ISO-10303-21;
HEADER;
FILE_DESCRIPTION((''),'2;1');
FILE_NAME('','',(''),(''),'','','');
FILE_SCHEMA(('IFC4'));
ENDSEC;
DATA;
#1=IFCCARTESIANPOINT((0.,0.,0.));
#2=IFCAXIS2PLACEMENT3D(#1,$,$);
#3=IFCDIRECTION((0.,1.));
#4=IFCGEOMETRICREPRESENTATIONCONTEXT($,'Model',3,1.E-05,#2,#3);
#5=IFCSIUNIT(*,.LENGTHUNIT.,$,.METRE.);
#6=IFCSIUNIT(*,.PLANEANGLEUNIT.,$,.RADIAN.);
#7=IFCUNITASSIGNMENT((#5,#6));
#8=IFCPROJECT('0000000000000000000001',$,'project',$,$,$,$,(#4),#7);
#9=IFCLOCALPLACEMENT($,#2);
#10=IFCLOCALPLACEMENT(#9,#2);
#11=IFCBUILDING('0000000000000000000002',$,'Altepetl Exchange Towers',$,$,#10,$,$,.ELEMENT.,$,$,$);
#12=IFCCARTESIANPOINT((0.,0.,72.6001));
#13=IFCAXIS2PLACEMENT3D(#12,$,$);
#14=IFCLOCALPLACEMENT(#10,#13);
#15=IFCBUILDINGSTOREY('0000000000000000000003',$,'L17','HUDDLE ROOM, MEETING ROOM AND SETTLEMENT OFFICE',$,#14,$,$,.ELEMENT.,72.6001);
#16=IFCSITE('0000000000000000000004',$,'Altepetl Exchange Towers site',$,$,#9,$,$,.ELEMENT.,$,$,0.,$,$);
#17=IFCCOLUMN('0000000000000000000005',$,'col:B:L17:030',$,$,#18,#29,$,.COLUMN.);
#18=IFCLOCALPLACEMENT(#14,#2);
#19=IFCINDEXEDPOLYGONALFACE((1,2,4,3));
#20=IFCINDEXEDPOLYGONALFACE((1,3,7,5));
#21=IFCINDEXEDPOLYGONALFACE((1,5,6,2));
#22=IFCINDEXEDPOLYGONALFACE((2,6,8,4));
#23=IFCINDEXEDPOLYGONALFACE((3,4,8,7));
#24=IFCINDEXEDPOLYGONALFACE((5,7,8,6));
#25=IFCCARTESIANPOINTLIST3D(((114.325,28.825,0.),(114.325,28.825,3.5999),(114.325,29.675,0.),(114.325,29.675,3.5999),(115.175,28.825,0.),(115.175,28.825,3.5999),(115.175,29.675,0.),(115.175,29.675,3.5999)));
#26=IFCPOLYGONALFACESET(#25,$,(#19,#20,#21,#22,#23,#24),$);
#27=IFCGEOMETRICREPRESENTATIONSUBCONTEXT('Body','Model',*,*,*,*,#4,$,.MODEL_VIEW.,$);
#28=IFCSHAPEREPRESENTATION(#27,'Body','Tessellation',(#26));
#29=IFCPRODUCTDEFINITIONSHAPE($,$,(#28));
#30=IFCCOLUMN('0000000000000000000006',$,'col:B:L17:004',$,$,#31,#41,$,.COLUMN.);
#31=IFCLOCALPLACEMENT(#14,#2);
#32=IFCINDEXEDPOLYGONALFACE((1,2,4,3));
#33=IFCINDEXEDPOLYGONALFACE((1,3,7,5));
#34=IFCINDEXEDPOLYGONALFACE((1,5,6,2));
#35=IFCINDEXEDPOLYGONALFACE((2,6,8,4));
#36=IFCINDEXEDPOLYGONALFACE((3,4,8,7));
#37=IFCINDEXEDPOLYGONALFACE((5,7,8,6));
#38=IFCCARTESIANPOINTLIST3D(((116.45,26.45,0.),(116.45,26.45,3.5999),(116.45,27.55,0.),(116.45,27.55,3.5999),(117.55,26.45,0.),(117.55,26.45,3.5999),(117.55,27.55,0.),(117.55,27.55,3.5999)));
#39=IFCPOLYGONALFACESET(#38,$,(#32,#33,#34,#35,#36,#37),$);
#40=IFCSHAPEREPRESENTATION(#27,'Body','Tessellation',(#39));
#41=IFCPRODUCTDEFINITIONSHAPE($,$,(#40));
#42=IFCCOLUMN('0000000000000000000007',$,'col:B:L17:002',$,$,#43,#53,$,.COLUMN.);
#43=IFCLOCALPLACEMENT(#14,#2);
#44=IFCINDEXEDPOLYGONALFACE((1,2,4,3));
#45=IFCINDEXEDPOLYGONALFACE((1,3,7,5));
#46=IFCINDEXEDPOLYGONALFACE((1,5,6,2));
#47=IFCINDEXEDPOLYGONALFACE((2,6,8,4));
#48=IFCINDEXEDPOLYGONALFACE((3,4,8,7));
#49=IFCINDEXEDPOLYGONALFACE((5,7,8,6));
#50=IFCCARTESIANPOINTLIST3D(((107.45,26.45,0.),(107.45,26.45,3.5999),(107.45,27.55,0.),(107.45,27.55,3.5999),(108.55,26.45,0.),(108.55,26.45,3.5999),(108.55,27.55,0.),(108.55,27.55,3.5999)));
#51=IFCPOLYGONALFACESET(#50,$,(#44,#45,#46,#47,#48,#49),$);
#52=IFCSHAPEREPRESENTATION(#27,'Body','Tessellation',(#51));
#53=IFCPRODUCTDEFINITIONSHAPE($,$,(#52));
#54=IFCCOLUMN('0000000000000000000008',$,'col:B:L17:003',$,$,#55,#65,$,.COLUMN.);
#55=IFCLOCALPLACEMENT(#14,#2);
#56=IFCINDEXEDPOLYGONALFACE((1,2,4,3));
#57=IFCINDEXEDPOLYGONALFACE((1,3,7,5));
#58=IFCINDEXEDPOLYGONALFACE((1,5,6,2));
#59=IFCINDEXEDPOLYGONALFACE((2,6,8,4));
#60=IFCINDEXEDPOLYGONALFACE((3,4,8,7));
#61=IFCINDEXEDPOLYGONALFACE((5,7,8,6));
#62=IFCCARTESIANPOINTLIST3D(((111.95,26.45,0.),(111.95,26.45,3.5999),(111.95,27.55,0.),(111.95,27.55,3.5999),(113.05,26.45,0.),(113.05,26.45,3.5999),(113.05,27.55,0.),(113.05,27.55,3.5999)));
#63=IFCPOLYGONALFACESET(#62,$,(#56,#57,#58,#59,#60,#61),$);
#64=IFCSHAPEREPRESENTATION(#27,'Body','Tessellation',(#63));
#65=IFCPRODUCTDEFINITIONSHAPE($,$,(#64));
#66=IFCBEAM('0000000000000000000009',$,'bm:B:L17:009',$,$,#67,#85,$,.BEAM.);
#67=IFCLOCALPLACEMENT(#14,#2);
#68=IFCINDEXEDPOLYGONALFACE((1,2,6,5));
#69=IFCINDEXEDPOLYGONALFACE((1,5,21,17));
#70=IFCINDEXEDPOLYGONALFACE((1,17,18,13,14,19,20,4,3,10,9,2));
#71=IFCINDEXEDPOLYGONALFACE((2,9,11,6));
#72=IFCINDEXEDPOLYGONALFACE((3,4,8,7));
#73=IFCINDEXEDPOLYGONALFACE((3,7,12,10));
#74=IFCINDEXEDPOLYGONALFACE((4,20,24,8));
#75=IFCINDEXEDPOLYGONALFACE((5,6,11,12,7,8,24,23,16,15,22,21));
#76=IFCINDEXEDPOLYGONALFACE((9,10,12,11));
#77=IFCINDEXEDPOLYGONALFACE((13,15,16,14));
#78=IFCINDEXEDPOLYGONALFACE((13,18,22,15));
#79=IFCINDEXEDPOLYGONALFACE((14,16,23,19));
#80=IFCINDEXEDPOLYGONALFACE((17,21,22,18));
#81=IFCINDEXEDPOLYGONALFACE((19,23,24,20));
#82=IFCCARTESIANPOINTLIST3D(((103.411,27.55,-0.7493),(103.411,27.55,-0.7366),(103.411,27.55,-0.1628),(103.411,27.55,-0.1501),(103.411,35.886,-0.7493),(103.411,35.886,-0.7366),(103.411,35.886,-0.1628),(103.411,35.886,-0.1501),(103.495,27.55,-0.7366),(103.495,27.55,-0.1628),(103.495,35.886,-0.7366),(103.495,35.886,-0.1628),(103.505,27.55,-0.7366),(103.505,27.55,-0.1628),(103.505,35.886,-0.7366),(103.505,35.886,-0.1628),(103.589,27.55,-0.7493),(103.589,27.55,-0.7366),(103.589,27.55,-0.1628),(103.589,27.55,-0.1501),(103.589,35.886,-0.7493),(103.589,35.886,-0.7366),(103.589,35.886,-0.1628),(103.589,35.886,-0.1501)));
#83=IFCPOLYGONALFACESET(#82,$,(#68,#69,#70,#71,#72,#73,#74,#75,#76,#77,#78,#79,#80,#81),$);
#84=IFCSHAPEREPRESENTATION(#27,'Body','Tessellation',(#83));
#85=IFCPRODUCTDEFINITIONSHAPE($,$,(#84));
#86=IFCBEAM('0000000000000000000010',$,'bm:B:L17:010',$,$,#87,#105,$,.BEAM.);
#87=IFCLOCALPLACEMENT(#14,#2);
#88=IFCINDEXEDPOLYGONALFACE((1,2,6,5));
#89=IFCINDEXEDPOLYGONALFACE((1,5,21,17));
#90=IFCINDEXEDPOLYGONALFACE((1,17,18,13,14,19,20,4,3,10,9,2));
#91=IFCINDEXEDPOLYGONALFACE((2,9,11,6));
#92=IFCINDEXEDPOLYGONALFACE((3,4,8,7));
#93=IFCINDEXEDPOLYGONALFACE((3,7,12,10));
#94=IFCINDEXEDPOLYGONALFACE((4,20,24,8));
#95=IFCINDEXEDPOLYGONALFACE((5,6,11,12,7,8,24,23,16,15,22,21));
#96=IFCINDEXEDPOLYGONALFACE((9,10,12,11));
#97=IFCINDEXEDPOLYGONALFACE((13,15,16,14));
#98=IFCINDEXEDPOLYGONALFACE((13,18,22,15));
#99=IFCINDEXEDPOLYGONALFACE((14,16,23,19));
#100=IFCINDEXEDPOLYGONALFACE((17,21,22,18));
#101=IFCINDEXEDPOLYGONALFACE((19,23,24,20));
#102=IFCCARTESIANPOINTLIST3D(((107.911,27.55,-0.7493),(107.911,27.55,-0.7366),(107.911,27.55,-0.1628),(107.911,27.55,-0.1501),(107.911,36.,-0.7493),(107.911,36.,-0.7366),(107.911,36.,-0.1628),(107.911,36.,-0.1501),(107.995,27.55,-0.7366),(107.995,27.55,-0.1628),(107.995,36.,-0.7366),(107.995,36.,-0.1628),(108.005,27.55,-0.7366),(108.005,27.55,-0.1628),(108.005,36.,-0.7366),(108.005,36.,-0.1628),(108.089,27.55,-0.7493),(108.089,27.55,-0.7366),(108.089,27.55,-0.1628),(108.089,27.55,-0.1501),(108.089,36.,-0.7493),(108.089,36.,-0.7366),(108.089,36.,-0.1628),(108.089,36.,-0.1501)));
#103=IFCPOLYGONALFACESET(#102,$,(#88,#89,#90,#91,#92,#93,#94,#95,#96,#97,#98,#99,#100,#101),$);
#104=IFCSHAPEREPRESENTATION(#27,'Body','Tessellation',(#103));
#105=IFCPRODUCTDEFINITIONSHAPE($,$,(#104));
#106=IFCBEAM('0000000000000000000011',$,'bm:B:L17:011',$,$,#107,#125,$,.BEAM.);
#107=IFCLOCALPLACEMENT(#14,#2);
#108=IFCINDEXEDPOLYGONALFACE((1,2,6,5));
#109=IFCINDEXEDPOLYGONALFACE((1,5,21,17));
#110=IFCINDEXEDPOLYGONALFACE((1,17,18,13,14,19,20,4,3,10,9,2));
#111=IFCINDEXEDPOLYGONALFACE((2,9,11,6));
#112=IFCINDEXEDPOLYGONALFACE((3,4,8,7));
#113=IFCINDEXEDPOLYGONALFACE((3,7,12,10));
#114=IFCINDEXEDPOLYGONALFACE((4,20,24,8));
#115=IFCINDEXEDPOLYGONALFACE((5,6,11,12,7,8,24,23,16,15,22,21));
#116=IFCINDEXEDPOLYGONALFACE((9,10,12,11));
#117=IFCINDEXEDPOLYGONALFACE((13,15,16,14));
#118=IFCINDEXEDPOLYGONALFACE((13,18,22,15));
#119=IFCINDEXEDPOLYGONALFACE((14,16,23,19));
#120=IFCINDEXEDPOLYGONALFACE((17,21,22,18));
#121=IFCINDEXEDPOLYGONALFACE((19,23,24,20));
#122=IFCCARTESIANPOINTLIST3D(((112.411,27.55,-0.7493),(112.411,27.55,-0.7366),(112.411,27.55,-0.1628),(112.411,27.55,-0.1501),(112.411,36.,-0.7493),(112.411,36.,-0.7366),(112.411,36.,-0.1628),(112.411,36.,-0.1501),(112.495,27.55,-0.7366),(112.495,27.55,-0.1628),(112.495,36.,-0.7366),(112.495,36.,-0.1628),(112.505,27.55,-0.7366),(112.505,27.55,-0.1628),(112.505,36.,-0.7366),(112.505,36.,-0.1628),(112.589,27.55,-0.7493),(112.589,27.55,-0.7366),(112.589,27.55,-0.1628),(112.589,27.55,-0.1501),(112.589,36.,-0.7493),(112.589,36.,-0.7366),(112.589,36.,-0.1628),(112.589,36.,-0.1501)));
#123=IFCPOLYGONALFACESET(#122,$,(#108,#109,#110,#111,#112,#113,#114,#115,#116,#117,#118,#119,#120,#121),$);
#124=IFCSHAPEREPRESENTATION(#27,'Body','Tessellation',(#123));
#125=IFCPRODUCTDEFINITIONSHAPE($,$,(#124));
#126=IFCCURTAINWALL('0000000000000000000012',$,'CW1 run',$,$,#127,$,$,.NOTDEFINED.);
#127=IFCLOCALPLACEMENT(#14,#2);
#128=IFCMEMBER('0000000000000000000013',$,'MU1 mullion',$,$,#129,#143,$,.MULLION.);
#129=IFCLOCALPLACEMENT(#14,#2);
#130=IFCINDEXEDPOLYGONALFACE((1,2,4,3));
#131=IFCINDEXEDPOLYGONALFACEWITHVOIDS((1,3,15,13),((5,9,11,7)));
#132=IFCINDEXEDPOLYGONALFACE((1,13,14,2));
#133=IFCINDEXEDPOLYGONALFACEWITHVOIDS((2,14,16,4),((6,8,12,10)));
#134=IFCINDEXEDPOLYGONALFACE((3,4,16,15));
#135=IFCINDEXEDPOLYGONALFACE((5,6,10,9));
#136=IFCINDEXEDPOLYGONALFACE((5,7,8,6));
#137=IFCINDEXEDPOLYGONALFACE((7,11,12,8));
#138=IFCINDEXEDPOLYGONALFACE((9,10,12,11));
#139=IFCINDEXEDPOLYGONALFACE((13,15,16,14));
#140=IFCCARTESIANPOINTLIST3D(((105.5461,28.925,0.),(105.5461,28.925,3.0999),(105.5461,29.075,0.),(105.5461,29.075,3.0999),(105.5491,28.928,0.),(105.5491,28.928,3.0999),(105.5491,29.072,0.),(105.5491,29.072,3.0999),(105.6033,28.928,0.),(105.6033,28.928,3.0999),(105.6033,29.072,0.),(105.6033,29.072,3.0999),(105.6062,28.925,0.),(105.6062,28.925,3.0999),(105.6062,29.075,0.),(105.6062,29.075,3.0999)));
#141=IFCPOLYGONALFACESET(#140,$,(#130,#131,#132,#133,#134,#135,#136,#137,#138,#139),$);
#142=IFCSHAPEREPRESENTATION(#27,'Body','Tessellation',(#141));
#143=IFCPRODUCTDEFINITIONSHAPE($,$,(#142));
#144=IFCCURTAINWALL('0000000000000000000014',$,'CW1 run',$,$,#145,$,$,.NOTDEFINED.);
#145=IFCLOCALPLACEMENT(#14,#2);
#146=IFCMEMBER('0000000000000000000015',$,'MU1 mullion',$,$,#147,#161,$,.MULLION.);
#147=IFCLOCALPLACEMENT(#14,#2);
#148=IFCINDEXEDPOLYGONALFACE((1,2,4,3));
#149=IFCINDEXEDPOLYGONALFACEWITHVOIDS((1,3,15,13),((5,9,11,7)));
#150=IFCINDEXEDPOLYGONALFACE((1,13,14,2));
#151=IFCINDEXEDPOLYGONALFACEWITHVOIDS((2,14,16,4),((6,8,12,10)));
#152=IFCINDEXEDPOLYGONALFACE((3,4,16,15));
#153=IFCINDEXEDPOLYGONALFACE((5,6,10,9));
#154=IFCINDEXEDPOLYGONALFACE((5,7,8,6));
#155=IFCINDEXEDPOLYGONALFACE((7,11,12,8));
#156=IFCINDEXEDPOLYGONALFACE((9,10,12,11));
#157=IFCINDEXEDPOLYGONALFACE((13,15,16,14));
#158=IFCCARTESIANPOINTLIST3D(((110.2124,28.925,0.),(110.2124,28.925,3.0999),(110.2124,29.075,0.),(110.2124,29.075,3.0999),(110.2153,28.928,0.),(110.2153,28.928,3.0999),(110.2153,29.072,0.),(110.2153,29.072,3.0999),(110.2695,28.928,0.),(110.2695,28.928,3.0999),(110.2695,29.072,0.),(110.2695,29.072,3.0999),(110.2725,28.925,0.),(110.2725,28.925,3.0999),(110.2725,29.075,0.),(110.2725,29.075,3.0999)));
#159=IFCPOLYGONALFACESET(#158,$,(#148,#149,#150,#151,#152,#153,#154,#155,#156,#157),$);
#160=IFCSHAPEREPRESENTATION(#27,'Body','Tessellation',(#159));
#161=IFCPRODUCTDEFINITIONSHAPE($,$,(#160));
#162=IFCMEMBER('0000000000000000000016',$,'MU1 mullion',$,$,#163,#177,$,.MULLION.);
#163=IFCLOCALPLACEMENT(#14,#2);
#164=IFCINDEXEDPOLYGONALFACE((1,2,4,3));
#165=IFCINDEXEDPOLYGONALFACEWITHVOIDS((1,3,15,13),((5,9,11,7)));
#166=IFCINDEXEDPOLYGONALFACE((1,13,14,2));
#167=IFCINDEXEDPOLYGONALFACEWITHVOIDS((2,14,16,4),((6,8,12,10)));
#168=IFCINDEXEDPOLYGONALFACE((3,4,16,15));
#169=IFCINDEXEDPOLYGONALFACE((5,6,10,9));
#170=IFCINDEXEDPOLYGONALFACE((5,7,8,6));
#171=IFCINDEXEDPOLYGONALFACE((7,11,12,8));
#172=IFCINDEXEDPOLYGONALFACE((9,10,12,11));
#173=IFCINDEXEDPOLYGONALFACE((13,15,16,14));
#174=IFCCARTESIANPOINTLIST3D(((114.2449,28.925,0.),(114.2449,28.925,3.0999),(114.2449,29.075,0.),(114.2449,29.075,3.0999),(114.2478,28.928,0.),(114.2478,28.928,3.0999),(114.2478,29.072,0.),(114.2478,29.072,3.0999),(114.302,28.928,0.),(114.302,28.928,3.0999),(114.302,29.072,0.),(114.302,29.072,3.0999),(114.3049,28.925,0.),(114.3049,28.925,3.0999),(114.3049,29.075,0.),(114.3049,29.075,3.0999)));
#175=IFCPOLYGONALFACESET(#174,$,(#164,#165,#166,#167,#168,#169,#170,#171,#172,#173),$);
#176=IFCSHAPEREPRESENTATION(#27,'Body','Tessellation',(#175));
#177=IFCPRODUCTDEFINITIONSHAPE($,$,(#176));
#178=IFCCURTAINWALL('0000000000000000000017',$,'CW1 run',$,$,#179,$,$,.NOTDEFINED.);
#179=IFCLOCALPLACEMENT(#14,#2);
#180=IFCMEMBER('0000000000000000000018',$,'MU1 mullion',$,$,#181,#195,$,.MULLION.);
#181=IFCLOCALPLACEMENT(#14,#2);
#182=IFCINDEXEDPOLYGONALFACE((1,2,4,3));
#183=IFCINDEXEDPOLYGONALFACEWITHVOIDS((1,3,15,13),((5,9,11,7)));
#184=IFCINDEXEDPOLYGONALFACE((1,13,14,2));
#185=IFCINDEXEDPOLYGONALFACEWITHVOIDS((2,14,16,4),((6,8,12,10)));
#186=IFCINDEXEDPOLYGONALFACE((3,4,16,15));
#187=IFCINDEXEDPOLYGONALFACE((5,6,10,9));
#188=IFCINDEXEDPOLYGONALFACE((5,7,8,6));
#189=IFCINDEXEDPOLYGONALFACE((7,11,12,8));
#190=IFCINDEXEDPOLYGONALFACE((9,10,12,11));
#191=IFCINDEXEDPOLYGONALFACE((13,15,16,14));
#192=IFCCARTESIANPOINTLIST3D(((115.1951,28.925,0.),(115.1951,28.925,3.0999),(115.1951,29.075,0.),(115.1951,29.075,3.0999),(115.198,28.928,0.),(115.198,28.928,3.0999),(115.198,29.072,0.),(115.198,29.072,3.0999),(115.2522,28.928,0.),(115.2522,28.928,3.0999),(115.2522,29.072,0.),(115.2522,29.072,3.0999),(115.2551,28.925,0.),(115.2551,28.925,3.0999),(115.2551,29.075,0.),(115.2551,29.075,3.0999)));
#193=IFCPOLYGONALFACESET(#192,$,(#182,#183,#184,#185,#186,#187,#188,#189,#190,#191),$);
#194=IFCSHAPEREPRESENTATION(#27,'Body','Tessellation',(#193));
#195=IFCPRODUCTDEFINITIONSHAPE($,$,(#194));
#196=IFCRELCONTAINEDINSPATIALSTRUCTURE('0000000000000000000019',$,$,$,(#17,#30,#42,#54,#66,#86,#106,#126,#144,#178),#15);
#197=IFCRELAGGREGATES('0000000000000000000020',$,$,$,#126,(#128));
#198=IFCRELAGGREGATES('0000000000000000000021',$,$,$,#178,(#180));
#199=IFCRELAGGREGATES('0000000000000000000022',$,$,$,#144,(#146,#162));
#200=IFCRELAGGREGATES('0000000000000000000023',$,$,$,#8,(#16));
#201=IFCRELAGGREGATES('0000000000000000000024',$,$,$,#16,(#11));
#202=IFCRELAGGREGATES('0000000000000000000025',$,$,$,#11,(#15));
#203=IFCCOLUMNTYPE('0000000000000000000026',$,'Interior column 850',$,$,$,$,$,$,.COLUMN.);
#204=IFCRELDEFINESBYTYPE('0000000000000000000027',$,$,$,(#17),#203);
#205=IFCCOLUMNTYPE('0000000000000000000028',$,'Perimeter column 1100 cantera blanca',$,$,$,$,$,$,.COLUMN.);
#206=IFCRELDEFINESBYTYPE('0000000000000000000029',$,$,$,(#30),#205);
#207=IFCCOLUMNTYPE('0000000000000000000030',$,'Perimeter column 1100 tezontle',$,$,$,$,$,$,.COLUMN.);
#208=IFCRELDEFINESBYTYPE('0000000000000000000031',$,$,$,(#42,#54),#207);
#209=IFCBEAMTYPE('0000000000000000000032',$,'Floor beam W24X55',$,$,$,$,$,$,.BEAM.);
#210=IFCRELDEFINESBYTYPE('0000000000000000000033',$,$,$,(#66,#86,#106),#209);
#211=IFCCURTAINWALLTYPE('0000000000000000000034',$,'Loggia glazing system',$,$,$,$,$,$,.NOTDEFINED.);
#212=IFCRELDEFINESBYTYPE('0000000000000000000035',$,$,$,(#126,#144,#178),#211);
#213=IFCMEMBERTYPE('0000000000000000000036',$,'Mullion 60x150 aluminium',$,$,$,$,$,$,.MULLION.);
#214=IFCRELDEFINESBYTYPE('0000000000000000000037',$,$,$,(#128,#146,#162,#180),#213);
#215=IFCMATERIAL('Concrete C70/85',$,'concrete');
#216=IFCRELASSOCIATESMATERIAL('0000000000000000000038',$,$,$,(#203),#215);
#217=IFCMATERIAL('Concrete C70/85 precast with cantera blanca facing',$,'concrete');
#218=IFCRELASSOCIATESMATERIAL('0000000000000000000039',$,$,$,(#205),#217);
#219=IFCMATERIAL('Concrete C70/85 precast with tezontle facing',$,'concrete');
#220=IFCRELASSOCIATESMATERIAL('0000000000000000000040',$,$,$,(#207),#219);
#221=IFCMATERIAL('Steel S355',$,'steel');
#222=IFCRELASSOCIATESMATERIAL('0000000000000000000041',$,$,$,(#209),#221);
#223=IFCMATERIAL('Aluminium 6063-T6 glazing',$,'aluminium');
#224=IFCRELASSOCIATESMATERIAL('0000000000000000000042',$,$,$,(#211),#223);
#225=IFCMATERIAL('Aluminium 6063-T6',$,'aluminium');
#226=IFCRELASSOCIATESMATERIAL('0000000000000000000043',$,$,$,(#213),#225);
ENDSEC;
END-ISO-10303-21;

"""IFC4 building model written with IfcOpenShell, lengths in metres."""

from ifc_helpers import new_model, si_unit, direction, frame, origin, origin_2d, place, context, subcontext, project, spatial, rectangle, hollow_rectangle, i_section, extrude, material, material_profile, profile_set, type_object, element, aggregate, save


model = new_model("IFC4")

# Units and contexts
model_context = context("Model", 3, precision=1e-05, world=origin(), true_north=direction((0.0, 1.0)))
body_context = subcontext(model_context, "Body", "Model", "MODEL_VIEW")
ifc_project = project(units=[si_unit("LENGTHUNIT", "METRE"), si_unit("PLANEANGLEUNIT", "RADIAN")], contexts=[model_context])

# Site, building, storey
site_placement = place(None, origin())
site = spatial("IfcSite", under=ifc_project, at=site_placement, Name="Altepetl Exchange Towers site", CompositionType="ELEMENT", RefElevation=0.0)
building_placement = place(site_placement, origin())
building = spatial("IfcBuilding", under=site, at=building_placement, Name="Altepetl Exchange Towers", CompositionType="ELEMENT")
storey_placement = place(building_placement, frame((0.0, 0.0, 72.6001)))
storey = spatial("IfcBuildingStorey", under=building, at=storey_placement, Name="L17", Description="HUDDLE ROOM, MEETING ROOM AND SETTLEMENT OFFICE", CompositionType="ELEMENT", Elevation=72.6001)

# Columns
ifc_material_1 = material(Name="Concrete C70/85", Category="concrete")
ifc_material_profile_1 = material_profile(ifc_material_1, rectangle(XDim=0.8501, YDim=0.8501, at=origin_2d()), Name="850 x 850")
ifc_profile_set_1 = profile_set([ifc_material_profile_1], Name="Concrete C70/85")
column_type_1 = type_object("IfcColumnType", Name="Interior column 850", PredefinedType="COLUMN", material=ifc_profile_set_1)
column_1_placement = place(storey_placement, frame((114.75, 29.25, 0.0)))
element("IfcColumn", 1, at=column_1_placement, inside=storey, type_object=column_type_1, Name="col:B:L17:030", PredefinedType="COLUMN", context=body_context, shape_type="SweptSolid", body=[
    extrude(rectangle(XDim=0.8501, YDim=0.8501, at=origin_2d()), origin(), (0.0, 0.0, 1.0), 3.5999),
])
ifc_material_2 = material(Name="Concrete C70/85 precast with cantera blanca facing", Category="concrete")
ifc_material_profile_2 = material_profile(ifc_material_2, rectangle(XDim=1.1001, YDim=1.1001, at=origin_2d()), Name="1100 x 1100")
ifc_profile_set_2 = profile_set([ifc_material_profile_2], Name="Concrete C70/85 precast with cantera blanca facing")
column_type_2 = type_object("IfcColumnType", Name="Perimeter column 1100 cantera blanca", PredefinedType="COLUMN", material=ifc_profile_set_2)
column_2_placement = place(storey_placement, frame((117.0, 27.0, 0.0)))
element("IfcColumn", 2, at=column_2_placement, inside=storey, type_object=column_type_2, Name="col:B:L17:004", PredefinedType="COLUMN", context=body_context, shape_type="SweptSolid", body=[
    extrude(rectangle(XDim=1.1001, YDim=1.1001, at=origin_2d()), origin(), (0.0, 0.0, 1.0), 3.5999),
])
ifc_material_3 = material(Name="Concrete C70/85 precast with tezontle facing", Category="concrete")
ifc_material_profile_3 = material_profile(ifc_material_3, rectangle(XDim=1.1001, YDim=1.1001, at=origin_2d()), Name="1100 x 1100")
ifc_profile_set_3 = profile_set([ifc_material_profile_3], Name="Concrete C70/85 precast with tezontle facing")
column_type_3 = type_object("IfcColumnType", Name="Perimeter column 1100 tezontle", PredefinedType="COLUMN", material=ifc_profile_set_3)
for number, where, name in (
    (3, (108.0, 27.0, 0.0), "col:B:L17:002"),
    (4, (112.5, 27.0, 0.0), "col:B:L17:003"),
):
    element("IfcColumn", number, at=place(storey_placement, frame(where)), inside=storey, type_object=column_type_3, Name=name, PredefinedType="COLUMN", context=body_context, shape_type="SweptSolid", body=[
        extrude(rectangle(XDim=1.1001, YDim=1.1001, at=origin_2d()), origin(), (0.0, 0.0, 1.0), 3.5999),
    ])

# Beams
ifc_material_4 = material(Name="Steel S355", Category="steel")
ifc_material_profile_4 = material_profile(ifc_material_4, i_section(OverallWidth=0.178, OverallDepth=0.5991, WebThickness=0.01, FlangeThickness=0.0127, at=origin_2d()), Name="W24X55")
ifc_profile_set_4 = profile_set([ifc_material_profile_4], Name="Steel S355")
beam_type_1 = type_object("IfcBeamType", Name="Floor beam W24X55", PredefinedType="BEAM", material=ifc_profile_set_4)
beam_placement = place(storey_placement, frame((103.5, 27.55, -0.4497), z_axis=(0.0, 1.0, 0.0), x_axis=(-1.0, 0.0, 0.0)))
element("IfcBeam", 5, at=beam_placement, inside=storey, type_object=beam_type_1, Name="bm:B:L17:009", PredefinedType="BEAM", context=body_context, shape_type="SweptSolid", body=[
    extrude(i_section(OverallWidth=0.178, OverallDepth=0.5991, WebThickness=0.01, FlangeThickness=0.0127, at=origin_2d()), origin(), (0.0, 0.0, 1.0), 8.3359),
])
for number, where, z_axis, x_axis, name in (
    (6, (108.0, 27.55, -0.4497), (0.0, 1.0, 0.0), (-1.0, 0.0, 0.0), "bm:B:L17:010"),
    (7, (112.5, 27.55, -0.4497), (0.0, 1.0, 0.0), (-1.0, 0.0, 0.0), "bm:B:L17:011"),
):
    element("IfcBeam", number, at=place(storey_placement, frame(where, z_axis=z_axis, x_axis=x_axis)), inside=storey, type_object=beam_type_1, Name=name, PredefinedType="BEAM", context=body_context, shape_type="SweptSolid", body=[
        extrude(i_section(OverallWidth=0.178, OverallDepth=0.5991, WebThickness=0.01, FlangeThickness=0.0127, at=origin_2d()), origin(), (0.0, 0.0, 1.0), 8.45),
    ])

# Curtain wall, member
ifc_material_5 = material(Name="Aluminium 6063-T6 glazing", Category="aluminium")
curtain_wall_type = type_object("IfcCurtainWallType", Name="Loggia glazing system", PredefinedType="NOTDEFINED", material=ifc_material_5)
curtain_wall_1_placement = place(storey_placement, origin())
curtain_wall_1 = element("IfcCurtainWall", 8, at=curtain_wall_1_placement, inside=storey, type_object=curtain_wall_type, Name="CW1 run", PredefinedType="NOTDEFINED")
ifc_material_6 = material(Name="Aluminium 6063-T6", Category="aluminium")
ifc_material_profile_5 = material_profile(ifc_material_6, hollow_rectangle(XDim=0.0601, YDim=0.1499, WallThickness=0.0029, at=origin_2d()), Name="Mullion 60x150 aluminium")
ifc_profile_set_5 = profile_set([ifc_material_profile_5], Name="Aluminium 6063-T6")
member_type = type_object("IfcMemberType", Name="Mullion 60x150 aluminium", PredefinedType="MULLION", material=ifc_profile_set_5)
member_1_placement = place(storey_placement, frame((105.5762, 29.0, 0.0)))
member_1 = element("IfcMember", 9, at=member_1_placement, type_object=member_type, Name="MU1 mullion", PredefinedType="MULLION", context=body_context, shape_type="SweptSolid", body=[
    extrude(hollow_rectangle(XDim=0.0601, YDim=0.1499, WallThickness=0.0029, at=origin_2d()), origin(), (0.0, 0.0, 1.0), 3.0999),
])
aggregate(curtain_wall_1, [member_1])

# Curtain wall, members
curtain_wall_2_placement = place(storey_placement, origin())
curtain_wall_2 = element("IfcCurtainWall", 10, at=curtain_wall_2_placement, inside=storey, type_object=curtain_wall_type, Name="CW1 run", PredefinedType="NOTDEFINED")
member_2_placement = place(storey_placement, frame((110.2424, 29.0, 0.0)))
member_2 = element("IfcMember", 11, at=member_2_placement, type_object=member_type, Name="MU1 mullion", PredefinedType="MULLION", context=body_context, shape_type="SweptSolid", body=[
    extrude(hollow_rectangle(XDim=0.0601, YDim=0.1499, WallThickness=0.0029, at=origin_2d()), origin(), (0.0, 0.0, 1.0), 3.0999),
])
member_3_placement = place(storey_placement, frame((114.2749, 29.0, 0.0)))
member_3 = element("IfcMember", 12, at=member_3_placement, type_object=member_type, Name="MU1 mullion", PredefinedType="MULLION", context=body_context, shape_type="SweptSolid", body=[
    extrude(hollow_rectangle(XDim=0.0601, YDim=0.1499, WallThickness=0.0029, at=origin_2d()), origin(), (0.0, 0.0, 1.0), 3.0999),
])

# Curtain wall, member
curtain_wall_3_placement = place(storey_placement, origin())
curtain_wall_3 = element("IfcCurtainWall", 13, at=curtain_wall_3_placement, inside=storey, type_object=curtain_wall_type, Name="CW1 run", PredefinedType="NOTDEFINED")
member_4_placement = place(storey_placement, frame((115.2251, 29.0, 0.0)))
member_4 = element("IfcMember", 14, at=member_4_placement, type_object=member_type, Name="MU1 mullion", PredefinedType="MULLION", context=body_context, shape_type="SweptSolid", body=[
    extrude(hollow_rectangle(XDim=0.0601, YDim=0.1499, WallThickness=0.0029, at=origin_2d()), origin(), (0.0, 0.0, 1.0), 3.0999),
])
aggregate(curtain_wall_3, [member_4])

aggregate(curtain_wall_2, [member_2, member_3])

save(model, "model.ifc")
